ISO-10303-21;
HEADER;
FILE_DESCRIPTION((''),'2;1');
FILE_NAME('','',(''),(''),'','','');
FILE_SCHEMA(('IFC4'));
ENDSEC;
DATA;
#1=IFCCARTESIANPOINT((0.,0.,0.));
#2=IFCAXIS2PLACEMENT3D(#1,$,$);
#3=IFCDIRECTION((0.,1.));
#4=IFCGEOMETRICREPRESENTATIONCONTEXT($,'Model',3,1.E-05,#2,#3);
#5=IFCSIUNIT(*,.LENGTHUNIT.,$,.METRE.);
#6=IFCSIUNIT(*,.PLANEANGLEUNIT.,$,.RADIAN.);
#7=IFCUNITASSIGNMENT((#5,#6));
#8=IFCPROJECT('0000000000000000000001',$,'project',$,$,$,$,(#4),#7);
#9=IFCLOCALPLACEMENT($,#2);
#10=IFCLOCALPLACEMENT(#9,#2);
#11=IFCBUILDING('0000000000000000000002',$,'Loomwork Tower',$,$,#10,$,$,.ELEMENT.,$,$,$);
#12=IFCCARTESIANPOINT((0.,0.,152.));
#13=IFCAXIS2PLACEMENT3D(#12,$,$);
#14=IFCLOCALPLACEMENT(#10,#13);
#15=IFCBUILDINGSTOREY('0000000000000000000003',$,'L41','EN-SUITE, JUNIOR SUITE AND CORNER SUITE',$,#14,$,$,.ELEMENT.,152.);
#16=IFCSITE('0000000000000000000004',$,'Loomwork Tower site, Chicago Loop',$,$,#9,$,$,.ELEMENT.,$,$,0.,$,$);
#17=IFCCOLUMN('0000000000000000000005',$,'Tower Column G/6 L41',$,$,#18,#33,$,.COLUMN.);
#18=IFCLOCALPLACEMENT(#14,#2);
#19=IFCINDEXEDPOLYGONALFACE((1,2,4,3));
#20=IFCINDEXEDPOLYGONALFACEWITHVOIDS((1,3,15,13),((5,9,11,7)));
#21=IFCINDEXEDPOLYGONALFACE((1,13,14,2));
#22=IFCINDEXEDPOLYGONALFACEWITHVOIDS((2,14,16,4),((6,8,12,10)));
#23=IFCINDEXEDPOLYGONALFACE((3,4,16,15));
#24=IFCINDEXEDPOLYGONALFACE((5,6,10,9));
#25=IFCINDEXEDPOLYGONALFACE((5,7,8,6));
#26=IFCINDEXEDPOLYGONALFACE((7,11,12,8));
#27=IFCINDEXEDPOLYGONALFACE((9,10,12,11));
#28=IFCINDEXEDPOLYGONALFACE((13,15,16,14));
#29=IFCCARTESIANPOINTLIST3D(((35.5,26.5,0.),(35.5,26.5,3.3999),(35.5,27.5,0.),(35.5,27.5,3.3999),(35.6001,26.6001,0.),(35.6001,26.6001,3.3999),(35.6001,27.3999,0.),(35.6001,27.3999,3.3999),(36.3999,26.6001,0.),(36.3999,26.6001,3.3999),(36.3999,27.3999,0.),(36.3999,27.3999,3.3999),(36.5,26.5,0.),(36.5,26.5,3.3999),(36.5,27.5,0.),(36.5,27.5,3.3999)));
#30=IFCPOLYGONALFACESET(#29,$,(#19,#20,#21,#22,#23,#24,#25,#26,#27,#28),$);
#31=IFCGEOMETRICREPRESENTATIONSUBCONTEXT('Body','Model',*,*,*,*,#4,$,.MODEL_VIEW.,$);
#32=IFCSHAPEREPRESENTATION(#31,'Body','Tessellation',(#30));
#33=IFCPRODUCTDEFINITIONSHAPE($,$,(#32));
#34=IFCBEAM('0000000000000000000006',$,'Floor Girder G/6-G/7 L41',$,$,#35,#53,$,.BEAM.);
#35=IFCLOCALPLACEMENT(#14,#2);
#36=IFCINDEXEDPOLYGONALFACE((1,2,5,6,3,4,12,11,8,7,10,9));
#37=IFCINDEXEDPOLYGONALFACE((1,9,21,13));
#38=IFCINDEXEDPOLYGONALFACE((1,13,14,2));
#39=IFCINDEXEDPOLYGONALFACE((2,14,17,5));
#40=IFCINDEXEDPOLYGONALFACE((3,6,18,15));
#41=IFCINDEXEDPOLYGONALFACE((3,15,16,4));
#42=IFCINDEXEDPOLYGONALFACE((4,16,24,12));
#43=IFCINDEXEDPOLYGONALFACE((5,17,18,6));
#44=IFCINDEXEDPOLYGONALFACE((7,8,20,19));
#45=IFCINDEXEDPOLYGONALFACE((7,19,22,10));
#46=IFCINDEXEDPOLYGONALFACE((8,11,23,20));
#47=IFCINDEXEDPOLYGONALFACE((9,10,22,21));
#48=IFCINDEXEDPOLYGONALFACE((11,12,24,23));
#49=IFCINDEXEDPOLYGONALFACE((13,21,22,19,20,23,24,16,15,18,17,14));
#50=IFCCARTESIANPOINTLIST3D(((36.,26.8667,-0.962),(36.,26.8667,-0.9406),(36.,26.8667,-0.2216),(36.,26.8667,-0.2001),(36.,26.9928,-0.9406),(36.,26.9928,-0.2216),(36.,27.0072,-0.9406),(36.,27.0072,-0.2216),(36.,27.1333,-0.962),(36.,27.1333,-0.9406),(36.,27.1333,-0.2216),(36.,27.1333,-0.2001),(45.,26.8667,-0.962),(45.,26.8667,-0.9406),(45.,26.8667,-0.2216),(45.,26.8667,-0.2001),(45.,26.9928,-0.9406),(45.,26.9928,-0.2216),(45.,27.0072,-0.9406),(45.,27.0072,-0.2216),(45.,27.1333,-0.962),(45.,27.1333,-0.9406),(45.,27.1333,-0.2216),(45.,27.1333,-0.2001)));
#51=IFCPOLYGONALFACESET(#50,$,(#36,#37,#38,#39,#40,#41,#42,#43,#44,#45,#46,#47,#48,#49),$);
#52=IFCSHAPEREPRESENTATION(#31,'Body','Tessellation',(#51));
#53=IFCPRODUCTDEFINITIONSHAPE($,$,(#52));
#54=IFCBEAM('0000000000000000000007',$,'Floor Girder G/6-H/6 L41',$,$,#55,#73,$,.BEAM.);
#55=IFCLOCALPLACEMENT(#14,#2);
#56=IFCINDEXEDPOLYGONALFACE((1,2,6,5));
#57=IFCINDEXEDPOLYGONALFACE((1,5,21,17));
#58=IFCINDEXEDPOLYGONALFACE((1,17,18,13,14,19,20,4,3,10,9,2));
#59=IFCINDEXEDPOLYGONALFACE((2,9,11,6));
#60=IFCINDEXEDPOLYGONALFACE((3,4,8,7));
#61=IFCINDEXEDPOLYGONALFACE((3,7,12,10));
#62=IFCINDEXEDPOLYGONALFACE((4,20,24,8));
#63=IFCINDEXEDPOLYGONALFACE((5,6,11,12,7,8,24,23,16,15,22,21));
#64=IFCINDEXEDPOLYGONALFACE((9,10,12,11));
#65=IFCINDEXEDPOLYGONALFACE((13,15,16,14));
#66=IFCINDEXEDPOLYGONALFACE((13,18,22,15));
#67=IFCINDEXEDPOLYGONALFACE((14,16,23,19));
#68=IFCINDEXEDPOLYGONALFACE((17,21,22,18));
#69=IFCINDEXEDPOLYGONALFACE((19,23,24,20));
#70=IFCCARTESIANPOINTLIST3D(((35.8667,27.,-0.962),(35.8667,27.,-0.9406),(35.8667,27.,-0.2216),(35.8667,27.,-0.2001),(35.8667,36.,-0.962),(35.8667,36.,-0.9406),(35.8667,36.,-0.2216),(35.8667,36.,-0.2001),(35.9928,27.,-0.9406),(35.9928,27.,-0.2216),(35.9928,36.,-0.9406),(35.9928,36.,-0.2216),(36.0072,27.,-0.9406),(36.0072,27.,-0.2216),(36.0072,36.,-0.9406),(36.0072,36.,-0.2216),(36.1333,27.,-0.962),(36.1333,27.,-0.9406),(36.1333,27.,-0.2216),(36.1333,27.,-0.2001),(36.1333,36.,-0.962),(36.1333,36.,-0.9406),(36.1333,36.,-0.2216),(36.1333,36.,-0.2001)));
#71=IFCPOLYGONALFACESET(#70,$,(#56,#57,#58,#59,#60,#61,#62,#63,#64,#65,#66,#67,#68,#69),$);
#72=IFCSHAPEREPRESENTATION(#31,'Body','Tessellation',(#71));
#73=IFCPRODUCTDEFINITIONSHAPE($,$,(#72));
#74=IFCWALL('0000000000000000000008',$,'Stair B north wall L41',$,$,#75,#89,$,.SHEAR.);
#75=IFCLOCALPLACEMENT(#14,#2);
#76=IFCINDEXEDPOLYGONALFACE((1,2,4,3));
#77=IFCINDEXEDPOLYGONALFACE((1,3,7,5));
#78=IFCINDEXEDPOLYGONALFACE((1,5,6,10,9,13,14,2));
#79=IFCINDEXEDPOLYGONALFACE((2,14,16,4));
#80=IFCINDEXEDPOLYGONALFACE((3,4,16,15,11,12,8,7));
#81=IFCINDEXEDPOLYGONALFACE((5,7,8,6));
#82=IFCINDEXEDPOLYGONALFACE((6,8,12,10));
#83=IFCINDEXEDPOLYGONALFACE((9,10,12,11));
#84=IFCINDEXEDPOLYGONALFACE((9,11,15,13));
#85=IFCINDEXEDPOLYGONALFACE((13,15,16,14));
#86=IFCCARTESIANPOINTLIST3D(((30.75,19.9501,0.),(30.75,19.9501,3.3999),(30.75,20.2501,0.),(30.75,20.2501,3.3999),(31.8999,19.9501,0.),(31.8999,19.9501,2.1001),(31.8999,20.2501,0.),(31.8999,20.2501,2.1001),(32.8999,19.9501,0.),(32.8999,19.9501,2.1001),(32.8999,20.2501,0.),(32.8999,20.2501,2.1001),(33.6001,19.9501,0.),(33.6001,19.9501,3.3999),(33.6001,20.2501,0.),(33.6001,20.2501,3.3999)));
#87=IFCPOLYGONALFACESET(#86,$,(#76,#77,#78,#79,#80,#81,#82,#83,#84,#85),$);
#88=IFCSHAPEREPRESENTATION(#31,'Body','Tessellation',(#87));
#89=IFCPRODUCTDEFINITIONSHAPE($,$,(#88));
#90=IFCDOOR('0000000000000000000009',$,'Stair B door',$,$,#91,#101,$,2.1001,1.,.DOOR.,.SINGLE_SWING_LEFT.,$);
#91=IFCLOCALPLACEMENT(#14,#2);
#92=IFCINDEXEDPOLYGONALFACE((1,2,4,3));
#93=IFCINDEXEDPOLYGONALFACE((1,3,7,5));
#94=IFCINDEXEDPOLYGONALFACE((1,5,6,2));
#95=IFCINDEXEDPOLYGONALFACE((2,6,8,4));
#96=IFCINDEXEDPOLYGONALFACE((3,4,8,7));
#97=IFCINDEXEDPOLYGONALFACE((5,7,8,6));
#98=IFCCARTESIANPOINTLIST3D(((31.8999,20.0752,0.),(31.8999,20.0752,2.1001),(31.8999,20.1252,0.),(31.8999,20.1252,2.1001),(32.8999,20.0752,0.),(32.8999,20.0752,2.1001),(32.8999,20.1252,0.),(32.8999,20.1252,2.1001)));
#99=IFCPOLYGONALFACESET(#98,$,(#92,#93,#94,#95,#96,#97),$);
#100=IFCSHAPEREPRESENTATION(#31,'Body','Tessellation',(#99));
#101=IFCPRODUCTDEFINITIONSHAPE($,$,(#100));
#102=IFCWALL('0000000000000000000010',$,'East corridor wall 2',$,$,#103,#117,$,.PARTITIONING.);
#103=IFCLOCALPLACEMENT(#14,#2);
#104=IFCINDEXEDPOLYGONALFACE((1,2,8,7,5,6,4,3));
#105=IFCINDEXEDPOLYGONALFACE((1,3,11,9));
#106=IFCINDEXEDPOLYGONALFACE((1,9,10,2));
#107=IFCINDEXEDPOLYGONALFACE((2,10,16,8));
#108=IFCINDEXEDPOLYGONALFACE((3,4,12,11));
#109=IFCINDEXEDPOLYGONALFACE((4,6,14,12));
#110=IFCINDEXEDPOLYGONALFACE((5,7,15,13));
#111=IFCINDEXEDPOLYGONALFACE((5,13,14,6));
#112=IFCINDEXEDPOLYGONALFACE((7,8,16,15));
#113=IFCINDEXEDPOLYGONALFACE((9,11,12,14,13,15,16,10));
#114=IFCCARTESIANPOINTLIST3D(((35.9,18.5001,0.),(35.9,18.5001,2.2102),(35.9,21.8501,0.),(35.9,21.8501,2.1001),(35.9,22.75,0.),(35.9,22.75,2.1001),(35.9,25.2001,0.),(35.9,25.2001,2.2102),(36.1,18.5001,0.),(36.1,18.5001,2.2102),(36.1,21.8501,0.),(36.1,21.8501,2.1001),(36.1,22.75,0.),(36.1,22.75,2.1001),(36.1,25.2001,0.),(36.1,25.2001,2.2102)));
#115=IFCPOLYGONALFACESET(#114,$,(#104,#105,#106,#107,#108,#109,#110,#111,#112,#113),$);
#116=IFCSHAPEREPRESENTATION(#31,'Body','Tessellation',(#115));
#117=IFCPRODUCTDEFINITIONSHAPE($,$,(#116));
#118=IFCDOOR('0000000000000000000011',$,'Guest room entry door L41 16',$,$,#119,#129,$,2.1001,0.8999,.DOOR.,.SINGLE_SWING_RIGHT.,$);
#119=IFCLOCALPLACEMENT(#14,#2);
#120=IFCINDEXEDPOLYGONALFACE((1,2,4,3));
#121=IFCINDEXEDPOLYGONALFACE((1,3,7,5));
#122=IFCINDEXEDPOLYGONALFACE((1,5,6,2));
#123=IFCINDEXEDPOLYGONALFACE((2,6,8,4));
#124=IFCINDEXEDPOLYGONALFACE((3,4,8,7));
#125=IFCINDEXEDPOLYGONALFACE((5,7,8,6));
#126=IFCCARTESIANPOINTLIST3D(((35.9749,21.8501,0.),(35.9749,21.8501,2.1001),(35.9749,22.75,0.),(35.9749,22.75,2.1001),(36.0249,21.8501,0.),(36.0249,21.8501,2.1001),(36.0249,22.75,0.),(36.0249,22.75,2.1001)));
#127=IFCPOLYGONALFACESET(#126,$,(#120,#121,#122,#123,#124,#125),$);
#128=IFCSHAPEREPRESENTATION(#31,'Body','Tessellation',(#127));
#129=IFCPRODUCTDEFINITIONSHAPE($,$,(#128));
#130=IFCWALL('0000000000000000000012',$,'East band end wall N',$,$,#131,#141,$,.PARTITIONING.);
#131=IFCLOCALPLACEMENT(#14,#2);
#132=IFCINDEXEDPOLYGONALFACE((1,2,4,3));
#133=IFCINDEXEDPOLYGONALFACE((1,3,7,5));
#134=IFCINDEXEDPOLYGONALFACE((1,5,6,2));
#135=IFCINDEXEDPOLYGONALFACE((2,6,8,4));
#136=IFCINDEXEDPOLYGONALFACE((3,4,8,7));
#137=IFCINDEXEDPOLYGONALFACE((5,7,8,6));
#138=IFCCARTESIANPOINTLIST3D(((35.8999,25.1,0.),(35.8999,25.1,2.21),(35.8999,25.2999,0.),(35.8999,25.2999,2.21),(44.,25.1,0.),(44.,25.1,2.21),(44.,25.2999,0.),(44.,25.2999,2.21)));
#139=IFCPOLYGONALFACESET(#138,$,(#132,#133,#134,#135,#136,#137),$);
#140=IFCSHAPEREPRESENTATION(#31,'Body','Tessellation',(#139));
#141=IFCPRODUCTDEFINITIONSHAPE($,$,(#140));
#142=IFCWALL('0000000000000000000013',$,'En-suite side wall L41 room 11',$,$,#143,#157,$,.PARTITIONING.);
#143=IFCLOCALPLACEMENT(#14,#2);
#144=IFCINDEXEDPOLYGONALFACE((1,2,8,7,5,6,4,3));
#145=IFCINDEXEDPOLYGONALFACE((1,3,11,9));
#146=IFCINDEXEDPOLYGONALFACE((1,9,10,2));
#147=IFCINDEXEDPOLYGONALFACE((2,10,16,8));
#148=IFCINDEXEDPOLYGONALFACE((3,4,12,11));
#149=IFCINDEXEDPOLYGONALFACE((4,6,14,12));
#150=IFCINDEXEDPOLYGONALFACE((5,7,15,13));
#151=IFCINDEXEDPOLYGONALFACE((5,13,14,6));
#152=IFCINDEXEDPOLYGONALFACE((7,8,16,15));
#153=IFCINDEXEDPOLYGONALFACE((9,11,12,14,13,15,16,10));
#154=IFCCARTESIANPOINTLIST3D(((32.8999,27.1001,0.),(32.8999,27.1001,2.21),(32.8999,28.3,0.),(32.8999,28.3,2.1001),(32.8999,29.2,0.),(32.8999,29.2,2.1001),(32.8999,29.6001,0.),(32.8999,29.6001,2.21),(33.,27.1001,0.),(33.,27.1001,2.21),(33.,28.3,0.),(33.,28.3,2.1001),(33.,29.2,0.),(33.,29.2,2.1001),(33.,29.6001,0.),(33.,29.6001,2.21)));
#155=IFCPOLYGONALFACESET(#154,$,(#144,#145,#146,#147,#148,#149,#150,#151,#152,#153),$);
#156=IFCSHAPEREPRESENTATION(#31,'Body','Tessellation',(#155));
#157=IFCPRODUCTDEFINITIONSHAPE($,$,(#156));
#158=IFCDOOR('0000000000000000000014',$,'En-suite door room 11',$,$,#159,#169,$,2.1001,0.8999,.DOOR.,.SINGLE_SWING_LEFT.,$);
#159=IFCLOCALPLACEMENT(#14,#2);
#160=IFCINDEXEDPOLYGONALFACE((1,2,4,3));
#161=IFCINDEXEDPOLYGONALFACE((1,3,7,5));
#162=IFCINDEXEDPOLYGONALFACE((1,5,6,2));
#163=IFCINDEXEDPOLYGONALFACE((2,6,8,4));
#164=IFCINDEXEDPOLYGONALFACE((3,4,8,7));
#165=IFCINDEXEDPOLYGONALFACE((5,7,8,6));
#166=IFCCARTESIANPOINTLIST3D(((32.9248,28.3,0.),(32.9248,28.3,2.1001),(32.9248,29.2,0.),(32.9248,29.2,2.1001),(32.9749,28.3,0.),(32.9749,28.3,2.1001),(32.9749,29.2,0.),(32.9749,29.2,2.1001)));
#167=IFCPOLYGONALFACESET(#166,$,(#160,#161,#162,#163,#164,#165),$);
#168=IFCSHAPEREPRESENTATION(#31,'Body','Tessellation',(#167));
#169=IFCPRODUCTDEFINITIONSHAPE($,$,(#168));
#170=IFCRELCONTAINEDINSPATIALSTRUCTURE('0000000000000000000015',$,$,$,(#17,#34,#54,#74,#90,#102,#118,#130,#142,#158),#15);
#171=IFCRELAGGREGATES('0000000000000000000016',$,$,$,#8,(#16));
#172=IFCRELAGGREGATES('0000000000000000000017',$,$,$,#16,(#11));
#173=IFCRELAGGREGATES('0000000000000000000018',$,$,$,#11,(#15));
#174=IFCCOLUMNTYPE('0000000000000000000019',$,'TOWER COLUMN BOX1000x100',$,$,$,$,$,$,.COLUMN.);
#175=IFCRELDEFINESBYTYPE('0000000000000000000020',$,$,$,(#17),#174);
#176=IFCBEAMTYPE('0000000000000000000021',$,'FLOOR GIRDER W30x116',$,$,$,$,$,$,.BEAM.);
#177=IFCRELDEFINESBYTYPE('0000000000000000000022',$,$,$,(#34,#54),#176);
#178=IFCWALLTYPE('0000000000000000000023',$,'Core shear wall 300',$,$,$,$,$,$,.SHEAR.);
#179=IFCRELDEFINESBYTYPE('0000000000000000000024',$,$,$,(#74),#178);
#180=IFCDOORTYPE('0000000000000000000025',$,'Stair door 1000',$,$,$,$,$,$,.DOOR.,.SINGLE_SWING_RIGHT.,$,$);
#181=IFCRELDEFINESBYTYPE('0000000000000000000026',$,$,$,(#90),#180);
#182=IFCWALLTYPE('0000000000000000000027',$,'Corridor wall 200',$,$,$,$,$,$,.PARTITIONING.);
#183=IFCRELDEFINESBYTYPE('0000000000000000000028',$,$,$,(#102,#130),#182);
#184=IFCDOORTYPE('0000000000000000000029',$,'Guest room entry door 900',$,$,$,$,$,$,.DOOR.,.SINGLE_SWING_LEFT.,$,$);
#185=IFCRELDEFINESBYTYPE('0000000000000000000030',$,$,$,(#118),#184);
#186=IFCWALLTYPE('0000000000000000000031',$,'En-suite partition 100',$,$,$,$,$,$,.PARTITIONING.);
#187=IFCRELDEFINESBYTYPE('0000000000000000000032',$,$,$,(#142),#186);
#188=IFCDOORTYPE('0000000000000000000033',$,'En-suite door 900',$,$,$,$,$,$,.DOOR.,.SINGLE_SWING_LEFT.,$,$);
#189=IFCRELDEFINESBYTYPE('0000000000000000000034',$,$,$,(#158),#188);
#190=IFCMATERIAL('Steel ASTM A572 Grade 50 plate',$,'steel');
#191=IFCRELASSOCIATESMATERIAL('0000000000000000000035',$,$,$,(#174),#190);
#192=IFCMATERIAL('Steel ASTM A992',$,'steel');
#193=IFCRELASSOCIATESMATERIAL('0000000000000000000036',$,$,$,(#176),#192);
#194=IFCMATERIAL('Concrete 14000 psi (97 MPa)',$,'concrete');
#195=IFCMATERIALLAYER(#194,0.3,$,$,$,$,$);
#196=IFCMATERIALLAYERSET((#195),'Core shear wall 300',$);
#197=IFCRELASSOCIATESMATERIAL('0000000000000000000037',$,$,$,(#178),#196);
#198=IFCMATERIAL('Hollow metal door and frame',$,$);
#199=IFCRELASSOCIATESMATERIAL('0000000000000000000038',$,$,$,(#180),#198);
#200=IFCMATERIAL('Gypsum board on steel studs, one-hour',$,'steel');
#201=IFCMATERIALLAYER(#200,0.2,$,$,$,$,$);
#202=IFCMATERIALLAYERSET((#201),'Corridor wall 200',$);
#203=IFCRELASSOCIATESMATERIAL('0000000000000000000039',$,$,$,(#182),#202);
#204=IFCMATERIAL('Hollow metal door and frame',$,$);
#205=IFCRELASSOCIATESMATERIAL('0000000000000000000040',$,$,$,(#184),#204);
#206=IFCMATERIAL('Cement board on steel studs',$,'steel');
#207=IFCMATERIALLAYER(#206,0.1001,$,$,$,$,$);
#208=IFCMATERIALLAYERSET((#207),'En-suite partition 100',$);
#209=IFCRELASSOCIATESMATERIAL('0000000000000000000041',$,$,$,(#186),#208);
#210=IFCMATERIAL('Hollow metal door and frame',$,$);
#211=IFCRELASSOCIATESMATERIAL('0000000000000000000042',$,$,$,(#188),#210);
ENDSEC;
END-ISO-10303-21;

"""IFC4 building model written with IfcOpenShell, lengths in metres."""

from ifc_helpers import new_model, si_unit, direction, frame, frame_2d, origin, origin_2d, place, context, subcontext, project, spatial, rectangle, hollow_rectangle, i_section, extrude, material, layer, layer_set, material_profile, profile_set, type_object, element, fill, save


model = new_model("IFC4")

# Units and contexts
model_context = context("Model", 3, precision=1e-05, world=origin(), true_north=direction((0.0, 1.0)))
body_context = subcontext(model_context, "Body", "Model", "MODEL_VIEW")
ifc_project = project(units=[si_unit("LENGTHUNIT", "METRE"), si_unit("PLANEANGLEUNIT", "RADIAN")], contexts=[model_context])

# Site, building, storey
site_placement = place(None, origin())
site = spatial("IfcSite", under=ifc_project, at=site_placement, Name="Loomwork Tower site, Chicago Loop", CompositionType="ELEMENT", RefElevation=0.0)
building_placement = place(site_placement, origin())
building = spatial("IfcBuilding", under=site, at=building_placement, Name="Loomwork Tower", CompositionType="ELEMENT")
storey_placement = place(building_placement, frame((0.0, 0.0, 152.0)))
storey = spatial("IfcBuildingStorey", under=building, at=storey_placement, Name="L41", Description="EN-SUITE, JUNIOR SUITE AND CORNER SUITE", CompositionType="ELEMENT", Elevation=152.0)

# Column
ifc_material_1 = material(Name="Steel ASTM A572 Grade 50 plate", Category="steel")
ifc_material_profile_1 = material_profile(ifc_material_1, hollow_rectangle(XDim=1.0, YDim=1.0, WallThickness=0.1001, at=origin_2d()), Name="BOX1000x100")
ifc_profile_set_1 = profile_set([ifc_material_profile_1], Name="Steel ASTM A572 Grade 50 plate")
column_type = type_object("IfcColumnType", Name="TOWER COLUMN BOX1000x100", PredefinedType="COLUMN", material=ifc_profile_set_1)
column_placement = place(storey_placement, frame((36.0, 27.0, 0.0), z_axis=(0.0, 0.0, 1.0), x_axis=(1.0, 0.0, 0.0)))
element("IfcColumn", 1, at=column_placement, inside=storey, type_object=column_type, Name="Tower Column G/6 L41", PredefinedType="COLUMN", context=body_context, shape_type="SweptSolid", body=[
    extrude(hollow_rectangle(XDim=1.0, YDim=1.0, WallThickness=0.1001, at=origin_2d()), origin(), (0.0, 0.0, 1.0), 3.3999),
])

# Beams
ifc_material_2 = material(Name="Steel ASTM A992", Category="steel")
ifc_material_profile_2 = material_profile(ifc_material_2, i_section(OverallWidth=0.2666, OverallDepth=0.762, WebThickness=0.0144, FlangeThickness=0.0215, at=origin_2d()), Name="W30x116")
ifc_profile_set_2 = profile_set([ifc_material_profile_2], Name="Steel ASTM A992")
beam_type = type_object("IfcBeamType", Name="FLOOR GIRDER W30x116", PredefinedType="BEAM", material=ifc_profile_set_2)
for number, where, z_axis, x_axis, name in (
    (2, (36.0, 27.0, -0.5811), (1.0, 0.0, 0.0), (0.0, 1.0, 0.0), "Floor Girder G/6-G/7 L41"),
    (3, (36.0, 27.0, -0.5811), (0.0, 1.0, 0.0), (-1.0, 0.0, 0.0), "Floor Girder G/6-H/6 L41"),
):
    element("IfcBeam", number, at=place(storey_placement, frame(where, z_axis=z_axis, x_axis=x_axis)), inside=storey, type_object=beam_type, Name=name, PredefinedType="BEAM", context=body_context, shape_type="SweptSolid", body=[
        extrude(i_section(OverallWidth=0.2666, OverallDepth=0.762, WebThickness=0.0144, FlangeThickness=0.0215, at=origin_2d()), origin(), (0.0, 0.0, 1.0), 9.0),
    ])

# Walls, openings, doors
ifc_material_3 = material(Name="Concrete 14000 psi (97 MPa)", Category="concrete")
ifc_layer_1 = layer(ifc_material_3, 0.3)
ifc_layer_set_1 = layer_set([ifc_layer_1], Name="Core shear wall 300")
wall_type_1 = type_object("IfcWallType", Name="Core shear wall 300", PredefinedType="SHEAR", material=ifc_layer_set_1)
wall_1_placement = place(storey_placement, frame((30.75, 20.1001, 0.0), z_axis=(0.0, 0.0, 1.0), x_axis=(1.0, 0.0, 0.0)))
wall_1 = element("IfcWall", 4, at=wall_1_placement, inside=storey, type_object=wall_type_1, Name="Stair B north wall L41", PredefinedType="SHEAR", context=body_context, shape_type="SweptSolid", body=[
    extrude(rectangle(XDim=2.8501, YDim=0.3, at=frame_2d((1.425, 0.0))), origin(), (0.0, 0.0, 1.0), 3.3999),
])
opening_1_placement = place(wall_1_placement, frame((1.1499, 0.0, 0.0)))
opening_1 = element("IfcOpeningElement", 5, at=opening_1_placement, cuts=wall_1, PredefinedType="OPENING", context=body_context, shape_type="SweptSolid", body=[
    extrude(rectangle(XDim=1.0, YDim=2.1001, at=frame_2d((0.5, 1.05))), frame((0.0, 0.1599, 0.0), z_axis=(0.0, -1.0, 0.0), x_axis=(1.0, 0.0, 0.0)), (0.0, 0.0, 1.0), 0.3201),
])
ifc_material_4 = material(Name="Hollow metal door and frame")
door_type_1 = type_object("IfcDoorType", Name="Stair door 1000", OperationType="SINGLE_SWING_RIGHT", PredefinedType="DOOR", material=ifc_material_4)
door_1_placement = place(opening_1_placement, frame((1.0, 0.0, 0.0), z_axis=(0.0, 0.0, 1.0), x_axis=(-1.0, 0.0, 0.0)))
door_1 = element("IfcDoor", 6, at=door_1_placement, inside=storey, type_object=door_type_1, Name="Stair B door", OperationType="SINGLE_SWING_LEFT", OverallHeight=2.1001, OverallWidth=1.0, PredefinedType="DOOR", context=body_context, shape_type="SweptSolid", body=[
    extrude(rectangle(XDim=1.0, YDim=2.1001, at=frame_2d((0.5, 1.05))), frame((0.0, 0.0249, 0.0), z_axis=(0.0, -1.0, 0.0), x_axis=(1.0, 0.0, 0.0)), (0.0, 0.0, 1.0), 0.05),
])
fill(opening_1, door_1)
ifc_material_5 = material(Name="Gypsum board on steel studs, one-hour", Category="steel")
ifc_layer_2 = layer(ifc_material_5, 0.2)
ifc_layer_set_2 = layer_set([ifc_layer_2], Name="Corridor wall 200")
wall_type_2 = type_object("IfcWallType", Name="Corridor wall 200", PredefinedType="PARTITIONING", material=ifc_layer_set_2)
wall_2_placement = place(storey_placement, frame((36.0, 18.5, 0.0), z_axis=(0.0, 0.0, 1.0), x_axis=(0.0, 1.0, 0.0)))
wall_2 = element("IfcWall", 7, at=wall_2_placement, inside=storey, type_object=wall_type_2, Name="East corridor wall 2", PredefinedType="PARTITIONING", context=body_context, shape_type="SweptSolid", body=[
    extrude(rectangle(XDim=6.7, YDim=0.2, at=frame_2d((3.3501, 0.0))), origin(), (0.0, 0.0, 1.0), 2.2102),
])
opening_2_placement = place(wall_2_placement, frame((3.3501, 0.0, 0.0)))
opening_2 = element("IfcOpeningElement", 8, at=opening_2_placement, cuts=wall_2, PredefinedType="OPENING", context=body_context, shape_type="SweptSolid", body=[
    extrude(rectangle(XDim=0.8999, YDim=2.1001, at=frame_2d((0.45, 1.05))), frame((0.0, 0.1099, 0.0), z_axis=(0.0, -1.0, 0.0), x_axis=(1.0, 0.0, 0.0)), (0.0, 0.0, 1.0), 0.22),
])
ifc_material_6 = material(Name="Hollow metal door and frame")
door_type_2 = type_object("IfcDoorType", Name="Guest room entry door 900", OperationType="SINGLE_SWING_LEFT", PredefinedType="DOOR", material=ifc_material_6)
door_2_placement = place(opening_2_placement, frame((0.8999, 0.0, 0.0), z_axis=(0.0, 0.0, 1.0), x_axis=(-1.0, 0.0, 0.0)))
door_2 = element("IfcDoor", 9, at=door_2_placement, inside=storey, type_object=door_type_2, Name="Guest room entry door L41 16", OperationType="SINGLE_SWING_RIGHT", OverallHeight=2.1001, OverallWidth=0.8999, PredefinedType="DOOR", context=body_context, shape_type="SweptSolid", body=[
    extrude(rectangle(XDim=0.8999, YDim=2.1001, at=frame_2d((0.45, 1.05))), frame((0.0, 0.0249, 0.0), z_axis=(0.0, -1.0, 0.0), x_axis=(1.0, 0.0, 0.0)), (0.0, 0.0, 1.0), 0.05),
])
fill(opening_2, door_2)

# Wall
wall_3_placement = place(storey_placement, frame((35.8999, 25.2, 0.0), z_axis=(0.0, 0.0, 1.0), x_axis=(1.0, 0.0, 0.0)))
element("IfcWall", 10, at=wall_3_placement, inside=storey, type_object=wall_type_2, Name="East band end wall N", PredefinedType="PARTITIONING", context=body_context, shape_type="SweptSolid", body=[
    extrude(rectangle(XDim=8.1001, YDim=0.2, at=frame_2d((4.05, 0.0))), origin(), (0.0, 0.0, 1.0), 2.21),
])

# Wall, opening, door
ifc_material_7 = material(Name="Cement board on steel studs", Category="steel")
ifc_layer_3 = layer(ifc_material_7, 0.1001)
ifc_layer_set_3 = layer_set([ifc_layer_3], Name="En-suite partition 100")
wall_type_3 = type_object("IfcWallType", Name="En-suite partition 100", PredefinedType="PARTITIONING", material=ifc_layer_set_3)
wall_4_placement = place(storey_placement, frame((32.95, 27.1001, 0.0), z_axis=(0.0, 0.0, 1.0), x_axis=(0.0, 1.0, 0.0)))
wall_4 = element("IfcWall", 11, at=wall_4_placement, inside=storey, type_object=wall_type_3, Name="En-suite side wall L41 room 11", PredefinedType="PARTITIONING", context=body_context, shape_type="SweptSolid", body=[
    extrude(rectangle(XDim=2.5, YDim=0.1001, at=frame_2d((1.25, 0.0))), origin(), (0.0, 0.0, 1.0), 2.21),
])
opening_3_placement = place(wall_4_placement, frame((1.2, 0.0, 0.0)))
opening_3 = element("IfcOpeningElement", 12, at=opening_3_placement, cuts=wall_4, PredefinedType="OPENING", context=body_context, shape_type="SweptSolid", body=[
    extrude(rectangle(XDim=0.8999, YDim=2.1001, at=frame_2d((0.45, 1.05))), frame((0.0, 0.0601, 0.0), z_axis=(0.0, -1.0, 0.0), x_axis=(1.0, 0.0, 0.0)), (0.0, 0.0, 1.0), 0.1201),
])
ifc_material_8 = material(Name="Hollow metal door and frame")
door_type_3 = type_object("IfcDoorType", Name="En-suite door 900", OperationType="SINGLE_SWING_LEFT", PredefinedType="DOOR", material=ifc_material_8)
door_3_placement = place(opening_3_placement, frame((0.8999, 0.0, 0.0), z_axis=(0.0, 0.0, 1.0), x_axis=(-1.0, 0.0, 0.0)))
door_3 = element("IfcDoor", 13, at=door_3_placement, inside=storey, type_object=door_type_3, Name="En-suite door room 11", OperationType="SINGLE_SWING_LEFT", OverallHeight=2.1001, OverallWidth=0.8999, PredefinedType="DOOR", context=body_context, shape_type="SweptSolid", body=[
    extrude(rectangle(XDim=0.8999, YDim=2.1001, at=frame_2d((0.45, 1.05))), frame((0.0, 0.0249, 0.0), z_axis=(0.0, -1.0, 0.0), x_axis=(1.0, 0.0, 0.0)), (0.0, 0.0, 1.0), 0.05),
])
fill(opening_3, door_3)

save(model, "model.ifc")
